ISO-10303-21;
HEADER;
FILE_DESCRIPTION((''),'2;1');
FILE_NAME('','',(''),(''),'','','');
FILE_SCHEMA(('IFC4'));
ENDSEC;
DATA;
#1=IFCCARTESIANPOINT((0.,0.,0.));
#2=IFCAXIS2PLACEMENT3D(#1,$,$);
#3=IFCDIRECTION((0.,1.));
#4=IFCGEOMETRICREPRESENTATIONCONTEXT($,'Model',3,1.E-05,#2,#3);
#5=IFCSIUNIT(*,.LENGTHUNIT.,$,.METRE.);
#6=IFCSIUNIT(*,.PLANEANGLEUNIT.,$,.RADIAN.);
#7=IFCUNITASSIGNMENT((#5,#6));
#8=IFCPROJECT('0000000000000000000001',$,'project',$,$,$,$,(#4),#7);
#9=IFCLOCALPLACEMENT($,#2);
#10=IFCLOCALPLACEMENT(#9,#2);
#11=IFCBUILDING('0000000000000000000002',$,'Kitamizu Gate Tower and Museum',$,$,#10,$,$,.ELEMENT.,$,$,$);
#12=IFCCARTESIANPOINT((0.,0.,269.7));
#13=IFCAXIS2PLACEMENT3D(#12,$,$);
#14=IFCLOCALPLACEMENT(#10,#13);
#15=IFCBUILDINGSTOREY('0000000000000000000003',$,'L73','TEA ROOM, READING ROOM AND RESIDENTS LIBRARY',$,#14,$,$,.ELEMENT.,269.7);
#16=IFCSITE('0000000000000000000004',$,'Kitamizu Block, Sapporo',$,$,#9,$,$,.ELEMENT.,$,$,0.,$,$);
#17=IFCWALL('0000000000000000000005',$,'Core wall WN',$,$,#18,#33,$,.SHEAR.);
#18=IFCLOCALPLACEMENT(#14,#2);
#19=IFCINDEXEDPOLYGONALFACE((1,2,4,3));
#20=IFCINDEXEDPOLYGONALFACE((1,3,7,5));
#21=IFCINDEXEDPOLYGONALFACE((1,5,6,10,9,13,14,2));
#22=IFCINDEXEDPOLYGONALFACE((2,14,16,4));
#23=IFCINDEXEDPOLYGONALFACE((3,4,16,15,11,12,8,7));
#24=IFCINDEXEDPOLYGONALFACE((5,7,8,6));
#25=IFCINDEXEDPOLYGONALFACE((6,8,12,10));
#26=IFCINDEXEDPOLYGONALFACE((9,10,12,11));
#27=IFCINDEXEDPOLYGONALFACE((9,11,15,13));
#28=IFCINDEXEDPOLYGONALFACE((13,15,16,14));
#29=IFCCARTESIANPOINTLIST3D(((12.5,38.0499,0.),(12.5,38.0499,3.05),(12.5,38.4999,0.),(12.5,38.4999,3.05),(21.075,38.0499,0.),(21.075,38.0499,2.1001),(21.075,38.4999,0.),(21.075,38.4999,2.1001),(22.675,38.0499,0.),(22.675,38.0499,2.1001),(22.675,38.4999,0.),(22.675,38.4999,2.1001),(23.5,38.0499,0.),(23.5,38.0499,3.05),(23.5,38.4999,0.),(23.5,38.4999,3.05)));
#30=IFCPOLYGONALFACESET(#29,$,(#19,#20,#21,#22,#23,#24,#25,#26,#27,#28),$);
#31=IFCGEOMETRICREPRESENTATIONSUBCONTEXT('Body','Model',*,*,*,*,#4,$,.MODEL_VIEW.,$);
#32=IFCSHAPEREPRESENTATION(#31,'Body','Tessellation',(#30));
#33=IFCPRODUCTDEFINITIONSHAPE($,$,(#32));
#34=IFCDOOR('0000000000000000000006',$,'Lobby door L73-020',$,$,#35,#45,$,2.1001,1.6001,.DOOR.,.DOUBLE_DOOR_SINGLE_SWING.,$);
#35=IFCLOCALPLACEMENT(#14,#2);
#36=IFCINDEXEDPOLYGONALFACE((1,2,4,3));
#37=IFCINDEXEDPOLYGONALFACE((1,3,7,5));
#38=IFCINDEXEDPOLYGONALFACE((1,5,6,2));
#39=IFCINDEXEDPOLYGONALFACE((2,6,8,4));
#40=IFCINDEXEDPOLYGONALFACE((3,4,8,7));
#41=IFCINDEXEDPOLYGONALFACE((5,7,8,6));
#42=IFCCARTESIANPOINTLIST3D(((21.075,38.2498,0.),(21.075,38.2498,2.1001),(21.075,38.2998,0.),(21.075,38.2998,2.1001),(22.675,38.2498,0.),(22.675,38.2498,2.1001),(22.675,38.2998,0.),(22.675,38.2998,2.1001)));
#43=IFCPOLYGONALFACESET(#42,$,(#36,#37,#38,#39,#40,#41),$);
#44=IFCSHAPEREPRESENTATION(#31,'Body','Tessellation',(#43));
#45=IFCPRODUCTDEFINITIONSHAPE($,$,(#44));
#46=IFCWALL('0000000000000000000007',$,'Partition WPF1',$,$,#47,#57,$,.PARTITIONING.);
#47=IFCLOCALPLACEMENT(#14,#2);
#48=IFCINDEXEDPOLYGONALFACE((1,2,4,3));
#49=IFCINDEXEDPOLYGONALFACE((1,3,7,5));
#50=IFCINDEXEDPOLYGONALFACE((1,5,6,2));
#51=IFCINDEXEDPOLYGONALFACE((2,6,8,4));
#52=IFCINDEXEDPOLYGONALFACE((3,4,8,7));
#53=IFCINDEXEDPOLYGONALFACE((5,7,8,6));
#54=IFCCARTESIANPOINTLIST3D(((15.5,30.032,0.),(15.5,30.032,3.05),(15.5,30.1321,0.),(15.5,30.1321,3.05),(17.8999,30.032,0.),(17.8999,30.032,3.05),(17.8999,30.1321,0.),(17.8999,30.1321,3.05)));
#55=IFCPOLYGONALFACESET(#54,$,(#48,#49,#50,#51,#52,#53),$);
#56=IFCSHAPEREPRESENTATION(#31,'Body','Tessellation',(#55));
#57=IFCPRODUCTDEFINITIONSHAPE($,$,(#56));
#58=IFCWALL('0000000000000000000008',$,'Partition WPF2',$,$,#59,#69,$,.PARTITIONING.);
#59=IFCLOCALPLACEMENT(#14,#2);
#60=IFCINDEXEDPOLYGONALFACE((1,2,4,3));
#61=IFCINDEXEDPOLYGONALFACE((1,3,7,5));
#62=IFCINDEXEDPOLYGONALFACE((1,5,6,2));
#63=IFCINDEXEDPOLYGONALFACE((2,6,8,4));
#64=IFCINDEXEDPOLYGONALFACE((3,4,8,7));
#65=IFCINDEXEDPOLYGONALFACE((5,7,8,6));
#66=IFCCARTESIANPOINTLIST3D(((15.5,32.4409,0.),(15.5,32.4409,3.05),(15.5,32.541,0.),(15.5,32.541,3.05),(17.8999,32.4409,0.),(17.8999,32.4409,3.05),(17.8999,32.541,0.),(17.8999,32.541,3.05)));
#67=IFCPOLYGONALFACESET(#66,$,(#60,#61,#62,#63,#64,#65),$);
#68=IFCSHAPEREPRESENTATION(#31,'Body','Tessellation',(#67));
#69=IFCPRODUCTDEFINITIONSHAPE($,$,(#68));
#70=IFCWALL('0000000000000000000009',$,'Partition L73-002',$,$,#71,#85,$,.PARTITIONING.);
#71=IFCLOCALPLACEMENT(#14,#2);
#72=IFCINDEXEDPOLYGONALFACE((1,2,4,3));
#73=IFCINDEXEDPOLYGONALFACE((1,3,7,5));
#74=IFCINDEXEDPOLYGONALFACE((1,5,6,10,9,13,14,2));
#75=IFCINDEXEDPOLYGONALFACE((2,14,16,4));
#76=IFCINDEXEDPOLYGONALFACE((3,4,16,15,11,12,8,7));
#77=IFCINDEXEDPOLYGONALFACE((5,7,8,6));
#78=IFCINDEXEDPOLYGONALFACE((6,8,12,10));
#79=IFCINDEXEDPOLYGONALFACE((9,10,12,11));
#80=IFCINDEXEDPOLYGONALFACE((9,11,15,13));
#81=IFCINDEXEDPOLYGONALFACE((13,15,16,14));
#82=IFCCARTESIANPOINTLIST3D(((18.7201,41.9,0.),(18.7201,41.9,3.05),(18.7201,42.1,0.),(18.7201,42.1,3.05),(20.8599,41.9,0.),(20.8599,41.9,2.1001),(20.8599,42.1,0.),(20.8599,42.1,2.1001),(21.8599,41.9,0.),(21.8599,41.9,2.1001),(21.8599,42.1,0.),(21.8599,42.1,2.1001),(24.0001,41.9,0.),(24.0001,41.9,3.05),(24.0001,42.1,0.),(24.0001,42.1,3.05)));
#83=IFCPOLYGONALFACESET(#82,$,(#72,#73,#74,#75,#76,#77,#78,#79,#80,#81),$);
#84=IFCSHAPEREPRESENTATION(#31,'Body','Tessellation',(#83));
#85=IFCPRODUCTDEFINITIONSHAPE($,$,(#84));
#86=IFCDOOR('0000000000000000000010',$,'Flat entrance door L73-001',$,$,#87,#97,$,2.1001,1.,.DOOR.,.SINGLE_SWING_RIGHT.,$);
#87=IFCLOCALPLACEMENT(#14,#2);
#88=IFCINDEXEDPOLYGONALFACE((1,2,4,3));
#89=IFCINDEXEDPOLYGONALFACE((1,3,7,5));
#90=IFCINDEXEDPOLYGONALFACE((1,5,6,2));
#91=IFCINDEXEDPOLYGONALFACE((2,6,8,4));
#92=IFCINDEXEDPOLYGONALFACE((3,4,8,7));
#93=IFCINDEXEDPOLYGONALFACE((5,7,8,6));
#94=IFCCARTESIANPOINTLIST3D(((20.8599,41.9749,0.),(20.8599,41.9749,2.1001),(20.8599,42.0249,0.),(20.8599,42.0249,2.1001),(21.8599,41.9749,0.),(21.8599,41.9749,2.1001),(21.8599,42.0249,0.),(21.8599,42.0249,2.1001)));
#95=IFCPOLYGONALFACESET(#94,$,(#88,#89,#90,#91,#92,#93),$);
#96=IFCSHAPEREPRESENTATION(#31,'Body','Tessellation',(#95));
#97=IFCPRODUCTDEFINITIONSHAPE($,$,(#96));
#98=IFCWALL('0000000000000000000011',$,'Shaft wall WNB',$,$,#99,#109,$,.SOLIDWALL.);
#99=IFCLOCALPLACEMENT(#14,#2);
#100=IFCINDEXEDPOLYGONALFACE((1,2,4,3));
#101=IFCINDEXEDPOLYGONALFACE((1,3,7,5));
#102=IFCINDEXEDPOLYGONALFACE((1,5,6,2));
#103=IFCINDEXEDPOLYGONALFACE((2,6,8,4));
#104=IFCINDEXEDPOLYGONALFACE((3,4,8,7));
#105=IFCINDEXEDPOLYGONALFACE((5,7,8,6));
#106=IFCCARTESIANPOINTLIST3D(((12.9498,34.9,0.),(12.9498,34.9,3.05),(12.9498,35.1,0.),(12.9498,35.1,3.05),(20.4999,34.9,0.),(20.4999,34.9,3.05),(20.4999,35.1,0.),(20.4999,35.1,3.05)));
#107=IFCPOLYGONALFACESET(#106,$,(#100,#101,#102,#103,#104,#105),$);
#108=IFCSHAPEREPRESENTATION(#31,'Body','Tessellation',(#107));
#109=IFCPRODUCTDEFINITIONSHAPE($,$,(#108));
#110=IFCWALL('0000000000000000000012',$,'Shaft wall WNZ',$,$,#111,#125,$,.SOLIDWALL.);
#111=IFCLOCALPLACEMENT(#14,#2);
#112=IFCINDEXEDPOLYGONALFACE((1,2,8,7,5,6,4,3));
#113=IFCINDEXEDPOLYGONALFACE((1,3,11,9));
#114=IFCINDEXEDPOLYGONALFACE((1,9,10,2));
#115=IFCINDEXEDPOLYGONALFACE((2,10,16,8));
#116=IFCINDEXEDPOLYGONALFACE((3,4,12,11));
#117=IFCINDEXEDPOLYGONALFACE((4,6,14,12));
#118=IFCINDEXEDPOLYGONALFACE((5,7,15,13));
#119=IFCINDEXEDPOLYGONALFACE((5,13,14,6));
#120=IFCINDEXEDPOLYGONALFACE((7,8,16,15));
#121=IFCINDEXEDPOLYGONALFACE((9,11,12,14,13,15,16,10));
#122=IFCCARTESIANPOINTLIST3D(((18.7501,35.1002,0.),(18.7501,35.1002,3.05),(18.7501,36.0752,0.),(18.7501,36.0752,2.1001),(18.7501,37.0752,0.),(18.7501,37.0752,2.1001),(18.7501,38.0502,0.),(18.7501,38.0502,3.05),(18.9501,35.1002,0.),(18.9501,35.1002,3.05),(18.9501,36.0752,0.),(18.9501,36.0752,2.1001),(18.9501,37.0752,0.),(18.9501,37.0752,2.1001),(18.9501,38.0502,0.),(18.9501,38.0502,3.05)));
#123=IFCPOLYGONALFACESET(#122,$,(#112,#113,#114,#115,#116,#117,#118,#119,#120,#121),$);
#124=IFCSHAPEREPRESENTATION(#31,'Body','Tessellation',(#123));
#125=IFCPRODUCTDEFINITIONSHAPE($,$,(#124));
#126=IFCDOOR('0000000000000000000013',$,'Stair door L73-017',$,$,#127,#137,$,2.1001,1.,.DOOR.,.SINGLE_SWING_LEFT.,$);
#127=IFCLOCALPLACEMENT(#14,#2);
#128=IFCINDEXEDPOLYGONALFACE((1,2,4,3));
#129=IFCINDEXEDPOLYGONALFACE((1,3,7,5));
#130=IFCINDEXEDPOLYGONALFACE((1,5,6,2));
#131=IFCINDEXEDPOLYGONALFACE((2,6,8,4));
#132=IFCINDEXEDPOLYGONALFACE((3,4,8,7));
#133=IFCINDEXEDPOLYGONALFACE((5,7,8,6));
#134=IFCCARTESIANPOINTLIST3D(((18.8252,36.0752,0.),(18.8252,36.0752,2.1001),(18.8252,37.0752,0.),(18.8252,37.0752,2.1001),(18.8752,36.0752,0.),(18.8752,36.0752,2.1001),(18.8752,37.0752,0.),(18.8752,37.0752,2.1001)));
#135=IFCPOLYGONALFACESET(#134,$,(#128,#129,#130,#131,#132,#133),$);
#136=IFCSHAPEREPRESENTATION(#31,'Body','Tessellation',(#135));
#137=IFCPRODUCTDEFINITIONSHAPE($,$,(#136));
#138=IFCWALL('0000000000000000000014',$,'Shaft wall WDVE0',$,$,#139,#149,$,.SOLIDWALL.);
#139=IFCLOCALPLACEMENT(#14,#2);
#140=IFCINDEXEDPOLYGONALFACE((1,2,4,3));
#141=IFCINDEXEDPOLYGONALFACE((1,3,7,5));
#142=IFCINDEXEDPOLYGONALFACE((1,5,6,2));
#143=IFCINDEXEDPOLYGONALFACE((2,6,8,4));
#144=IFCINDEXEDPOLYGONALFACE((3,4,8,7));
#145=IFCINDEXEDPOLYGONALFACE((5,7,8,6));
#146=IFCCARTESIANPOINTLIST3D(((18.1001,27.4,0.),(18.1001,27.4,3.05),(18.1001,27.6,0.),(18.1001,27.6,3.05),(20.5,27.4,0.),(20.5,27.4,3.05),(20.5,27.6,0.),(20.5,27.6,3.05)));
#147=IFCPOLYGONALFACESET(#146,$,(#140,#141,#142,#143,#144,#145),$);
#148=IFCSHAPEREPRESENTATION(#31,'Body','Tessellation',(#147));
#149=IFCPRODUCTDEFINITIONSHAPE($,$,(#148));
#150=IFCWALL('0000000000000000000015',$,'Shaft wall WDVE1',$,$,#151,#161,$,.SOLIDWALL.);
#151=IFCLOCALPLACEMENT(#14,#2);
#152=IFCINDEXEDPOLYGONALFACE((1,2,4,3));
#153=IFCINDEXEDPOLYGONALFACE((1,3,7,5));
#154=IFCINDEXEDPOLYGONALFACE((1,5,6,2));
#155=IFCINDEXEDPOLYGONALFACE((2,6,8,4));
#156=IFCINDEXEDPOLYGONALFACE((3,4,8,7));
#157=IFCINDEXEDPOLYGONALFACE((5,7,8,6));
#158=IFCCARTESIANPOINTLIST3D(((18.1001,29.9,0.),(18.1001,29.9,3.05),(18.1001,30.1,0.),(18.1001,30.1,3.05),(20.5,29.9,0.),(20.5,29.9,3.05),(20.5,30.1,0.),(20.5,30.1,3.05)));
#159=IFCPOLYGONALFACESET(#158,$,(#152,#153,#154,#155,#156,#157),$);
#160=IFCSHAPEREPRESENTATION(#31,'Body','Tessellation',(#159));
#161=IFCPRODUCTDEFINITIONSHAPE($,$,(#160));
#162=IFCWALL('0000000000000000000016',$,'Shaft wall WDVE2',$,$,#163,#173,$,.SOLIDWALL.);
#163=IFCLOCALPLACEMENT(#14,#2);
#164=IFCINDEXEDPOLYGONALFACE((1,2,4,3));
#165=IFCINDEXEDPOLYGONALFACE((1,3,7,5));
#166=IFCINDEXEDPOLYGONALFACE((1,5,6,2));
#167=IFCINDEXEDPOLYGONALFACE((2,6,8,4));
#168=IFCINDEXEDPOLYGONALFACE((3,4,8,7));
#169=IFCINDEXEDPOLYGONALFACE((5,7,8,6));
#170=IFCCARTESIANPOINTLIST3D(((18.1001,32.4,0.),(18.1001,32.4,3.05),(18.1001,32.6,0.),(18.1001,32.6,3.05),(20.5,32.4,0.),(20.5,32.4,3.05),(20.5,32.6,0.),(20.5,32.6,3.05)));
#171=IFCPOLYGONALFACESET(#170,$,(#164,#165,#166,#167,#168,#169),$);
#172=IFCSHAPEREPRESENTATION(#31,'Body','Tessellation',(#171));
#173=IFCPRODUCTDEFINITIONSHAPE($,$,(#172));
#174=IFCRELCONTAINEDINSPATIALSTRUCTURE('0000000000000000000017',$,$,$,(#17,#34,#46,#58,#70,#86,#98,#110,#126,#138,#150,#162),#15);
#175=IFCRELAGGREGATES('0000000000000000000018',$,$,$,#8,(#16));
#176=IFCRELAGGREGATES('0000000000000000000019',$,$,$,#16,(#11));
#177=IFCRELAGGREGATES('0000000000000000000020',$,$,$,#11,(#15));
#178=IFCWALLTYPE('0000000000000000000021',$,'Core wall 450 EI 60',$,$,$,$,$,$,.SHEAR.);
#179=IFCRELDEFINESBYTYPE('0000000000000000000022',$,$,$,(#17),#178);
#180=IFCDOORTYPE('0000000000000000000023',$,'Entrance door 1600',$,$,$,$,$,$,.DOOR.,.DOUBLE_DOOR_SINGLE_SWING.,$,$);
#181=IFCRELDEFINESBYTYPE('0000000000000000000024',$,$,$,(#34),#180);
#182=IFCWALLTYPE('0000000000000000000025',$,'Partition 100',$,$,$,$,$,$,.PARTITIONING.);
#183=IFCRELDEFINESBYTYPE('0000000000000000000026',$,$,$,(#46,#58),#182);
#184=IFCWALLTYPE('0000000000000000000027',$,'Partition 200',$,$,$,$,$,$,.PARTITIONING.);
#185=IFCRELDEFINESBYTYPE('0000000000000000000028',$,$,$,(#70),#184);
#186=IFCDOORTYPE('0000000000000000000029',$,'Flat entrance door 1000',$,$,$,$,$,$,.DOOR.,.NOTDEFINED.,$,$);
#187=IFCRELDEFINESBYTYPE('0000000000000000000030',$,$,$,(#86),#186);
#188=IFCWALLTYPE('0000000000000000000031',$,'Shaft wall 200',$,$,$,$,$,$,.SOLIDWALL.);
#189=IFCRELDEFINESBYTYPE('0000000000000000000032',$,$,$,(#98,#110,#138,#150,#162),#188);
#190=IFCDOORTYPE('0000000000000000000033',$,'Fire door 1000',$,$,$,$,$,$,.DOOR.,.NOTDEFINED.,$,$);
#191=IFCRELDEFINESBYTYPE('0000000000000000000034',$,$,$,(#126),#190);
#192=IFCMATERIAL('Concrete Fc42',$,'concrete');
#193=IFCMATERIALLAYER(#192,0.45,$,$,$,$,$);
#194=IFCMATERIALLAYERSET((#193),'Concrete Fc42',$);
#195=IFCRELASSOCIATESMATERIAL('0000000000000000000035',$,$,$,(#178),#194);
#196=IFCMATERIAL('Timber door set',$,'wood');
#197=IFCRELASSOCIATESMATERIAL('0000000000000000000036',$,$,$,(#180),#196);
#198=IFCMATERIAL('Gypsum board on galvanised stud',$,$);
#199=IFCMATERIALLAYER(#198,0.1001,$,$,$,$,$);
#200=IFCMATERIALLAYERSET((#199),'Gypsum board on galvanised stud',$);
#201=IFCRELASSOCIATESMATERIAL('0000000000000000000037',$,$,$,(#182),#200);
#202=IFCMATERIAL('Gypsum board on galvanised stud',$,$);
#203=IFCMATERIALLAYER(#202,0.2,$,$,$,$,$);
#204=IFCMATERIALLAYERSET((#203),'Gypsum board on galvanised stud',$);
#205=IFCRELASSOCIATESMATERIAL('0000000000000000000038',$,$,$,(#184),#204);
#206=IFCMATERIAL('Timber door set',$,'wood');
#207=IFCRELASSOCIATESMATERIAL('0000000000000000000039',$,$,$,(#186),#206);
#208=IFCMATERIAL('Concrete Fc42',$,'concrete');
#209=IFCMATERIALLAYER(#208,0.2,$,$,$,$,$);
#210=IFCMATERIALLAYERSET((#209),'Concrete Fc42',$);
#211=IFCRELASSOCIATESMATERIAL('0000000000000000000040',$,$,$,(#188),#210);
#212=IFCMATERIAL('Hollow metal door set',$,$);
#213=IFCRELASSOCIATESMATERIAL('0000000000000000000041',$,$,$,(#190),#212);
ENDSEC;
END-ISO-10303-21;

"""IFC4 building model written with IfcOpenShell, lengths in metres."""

from ifc_helpers import new_model, si_unit, direction, frame, frame_2d, origin, place, context, subcontext, project, spatial, rectangle, extrude, material, layer, layer_set, type_object, element, fill, save


model = new_model("IFC4")

# Units and contexts
model_context = context("Model", 3, precision=1e-05, world=origin(), true_north=direction((0.0, 1.0)))
body_context = subcontext(model_context, "Body", "Model", "MODEL_VIEW")
ifc_project = project(units=[si_unit("LENGTHUNIT", "METRE"), si_unit("PLANEANGLEUNIT", "RADIAN")], contexts=[model_context])

# Site, building, storey
site_placement = place(None, origin())
site = spatial("IfcSite", under=ifc_project, at=site_placement, Name="Kitamizu Block, Sapporo", CompositionType="ELEMENT", RefElevation=0.0)
building_placement = place(site_placement, origin())
building = spatial("IfcBuilding", under=site, at=building_placement, Name="Kitamizu Gate Tower and Museum", CompositionType="ELEMENT")
storey_placement = place(building_placement, frame((0.0, 0.0, 269.7)))
storey = spatial("IfcBuildingStorey", under=building, at=storey_placement, Name="L73", Description="TEA ROOM, READING ROOM AND RESIDENTS LIBRARY", CompositionType="ELEMENT", Elevation=269.7)

# Wall, opening, door
ifc_material_1 = material(Name="Concrete Fc42", Category="concrete")
ifc_layer_1 = layer(ifc_material_1, 0.45)
ifc_layer_set_1 = layer_set([ifc_layer_1], Name="Concrete Fc42")
wall_type_1 = type_object("IfcWallType", Name="Core wall 450 EI 60", PredefinedType="SHEAR", material=ifc_layer_set_1)
wall_1_placement = place(storey_placement, frame((12.5, 38.2749, 0.0), z_axis=(0.0, 0.0, 1.0), x_axis=(1.0, 0.0, 0.0)))
wall_1 = element("IfcWall", 1, at=wall_1_placement, inside=storey, type_object=wall_type_1, Name="Core wall WN", PredefinedType="SHEAR", context=body_context, shape_type="SweptSolid", body=[
    extrude(rectangle(XDim=11.0, YDim=0.45, at=frame_2d((5.5, 0.0))), origin(), (0.0, 0.0, 1.0), 3.05),
])
opening_1_placement = place(wall_1_placement, frame((8.575, 0.0, 0.0)))
opening_1 = element("IfcOpeningElement", 2, at=opening_1_placement, cuts=wall_1, PredefinedType="OPENING", context=body_context, shape_type="SweptSolid", body=[
    extrude(rectangle(XDim=1.6001, YDim=2.1001, at=frame_2d((0.8, 1.05))), frame((0.0, 0.2349, 0.0), z_axis=(0.0, -1.0, 0.0), x_axis=(1.0, 0.0, 0.0)), (0.0, 0.0, 1.0), 0.47),
])
ifc_material_2 = material(Name="Timber door set", Category="wood")
door_type_1 = type_object("IfcDoorType", Name="Entrance door 1600", OperationType="DOUBLE_DOOR_SINGLE_SWING", PredefinedType="DOOR", material=ifc_material_2)
door_1_placement = place(opening_1_placement, origin())
door_1 = element("IfcDoor", 3, at=door_1_placement, inside=storey, type_object=door_type_1, Name="Lobby door L73-020", OperationType="DOUBLE_DOOR_SINGLE_SWING", OverallHeight=2.1001, OverallWidth=1.6001, PredefinedType="DOOR", context=body_context, shape_type="SweptSolid", body=[
    extrude(rectangle(XDim=1.6001, YDim=2.1001, at=frame_2d((0.8, 1.05))), frame((0.0, 0.0249, 0.0), z_axis=(0.0, -1.0, 0.0), x_axis=(1.0, 0.0, 0.0)), (0.0, 0.0, 1.0), 0.05),
])
fill(opening_1, door_1)

# Walls
ifc_material_3 = material(Name="Gypsum board on galvanised stud")
ifc_layer_2 = layer(ifc_material_3, 0.1001)
ifc_layer_set_2 = layer_set([ifc_layer_2], Name="Gypsum board on galvanised stud")
wall_type_2 = type_object("IfcWallType", Name="Partition 100", PredefinedType="PARTITIONING", material=ifc_layer_set_2)
for number, where, z_axis, x_axis, name in (
    (4, (15.5, 30.082, 0.0), (0.0, 0.0, 1.0), (1.0, 0.0, 0.0), "Partition WPF1"),
    (5, (15.5, 32.491, 0.0), (0.0, 0.0, 1.0), (1.0, 0.0, 0.0), "Partition WPF2"),
):
    element("IfcWall", number, at=place(storey_placement, frame(where, z_axis=z_axis, x_axis=x_axis)), inside=storey, type_object=wall_type_2, Name=name, PredefinedType="PARTITIONING", context=body_context, shape_type="SweptSolid", body=[
        extrude(rectangle(XDim=2.3999, YDim=0.1001, at=frame_2d((1.2, 0.0))), origin(), (0.0, 0.0, 1.0), 3.05),
    ])

# Wall, opening, door
ifc_material_4 = material(Name="Gypsum board on galvanised stud")
ifc_layer_3 = layer(ifc_material_4, 0.2)
ifc_layer_set_3 = layer_set([ifc_layer_3], Name="Gypsum board on galvanised stud")
wall_type_3 = type_object("IfcWallType", Name="Partition 200", PredefinedType="PARTITIONING", material=ifc_layer_set_3)
wall_2_placement = place(storey_placement, frame((18.72, 42.0, 0.0), z_axis=(0.0, 0.0, 1.0), x_axis=(1.0, 0.0, 0.0)))
wall_2 = element("IfcWall", 6, at=wall_2_placement, inside=storey, type_object=wall_type_3, Name="Partition L73-002", PredefinedType="PARTITIONING", context=body_context, shape_type="SweptSolid", body=[
    extrude(rectangle(XDim=5.28, YDim=0.2, at=frame_2d((2.6401, 0.0))), origin(), (0.0, 0.0, 1.0), 3.05),
])
opening_2_placement = place(wall_2_placement, frame((2.1399, 0.0, 0.0)))
opening_2 = element("IfcOpeningElement", 7, at=opening_2_placement, cuts=wall_2, PredefinedType="OPENING", context=body_context, shape_type="SweptSolid", body=[
    extrude(rectangle(XDim=1.0, YDim=2.1001, at=frame_2d((0.5, 1.05))), frame((0.0, 0.1099, 0.0), z_axis=(0.0, -1.0, 0.0), x_axis=(1.0, 0.0, 0.0)), (0.0, 0.0, 1.0), 0.22),
])
ifc_material_5 = material(Name="Timber door set", Category="wood")
door_type_2 = type_object("IfcDoorType", Name="Flat entrance door 1000", OperationType="NOTDEFINED", PredefinedType="DOOR", material=ifc_material_5)
door_2_placement = place(opening_2_placement, origin())
door_2 = element("IfcDoor", 8, at=door_2_placement, inside=storey, type_object=door_type_2, Name="Flat entrance door L73-001", OperationType="SINGLE_SWING_RIGHT", OverallHeight=2.1001, OverallWidth=1.0, PredefinedType="DOOR", context=body_context, shape_type="SweptSolid", body=[
    extrude(rectangle(XDim=1.0, YDim=2.1001, at=frame_2d((0.5, 1.05))), frame((0.0, 0.0249, 0.0), z_axis=(0.0, -1.0, 0.0), x_axis=(1.0, 0.0, 0.0)), (0.0, 0.0, 1.0), 0.05),
])
fill(opening_2, door_2)

# Wall
ifc_material_6 = material(Name="Concrete Fc42", Category="concrete")
ifc_layer_4 = layer(ifc_material_6, 0.2)
ifc_layer_set_4 = layer_set([ifc_layer_4], Name="Concrete Fc42")
wall_type_4 = type_object("IfcWallType", Name="Shaft wall 200", PredefinedType="SOLIDWALL", material=ifc_layer_set_4)
wall_3_placement = place(storey_placement, frame((12.95, 35.0, 0.0), z_axis=(0.0, 0.0, 1.0), x_axis=(1.0, 0.0, 0.0)))
element("IfcWall", 9, at=wall_3_placement, inside=storey, type_object=wall_type_4, Name="Shaft wall WNB", PredefinedType="SOLIDWALL", context=body_context, shape_type="SweptSolid", body=[
    extrude(rectangle(XDim=7.55, YDim=0.2, at=frame_2d((3.7749, 0.0))), origin(), (0.0, 0.0, 1.0), 3.05),
])

# Wall, opening, door
wall_4_placement = place(storey_placement, frame((18.8501, 35.1001, 0.0), z_axis=(0.0, 0.0, 1.0), x_axis=(0.0, 1.0, 0.0)))
wall_4 = element("IfcWall", 10, at=wall_4_placement, inside=storey, type_object=wall_type_4, Name="Shaft wall WNZ", PredefinedType="SOLIDWALL", context=body_context, shape_type="SweptSolid", body=[
    extrude(rectangle(XDim=2.95, YDim=0.2, at=frame_2d((1.4751, 0.0))), origin(), (0.0, 0.0, 1.0), 3.05),
])
opening_3_placement = place(wall_4_placement, frame((0.9751, 0.0, 0.0)))
opening_3 = element("IfcOpeningElement", 11, at=opening_3_placement, cuts=wall_4, PredefinedType="OPENING", context=body_context, shape_type="SweptSolid", body=[
    extrude(rectangle(XDim=1.0, YDim=2.1001, at=frame_2d((0.5, 1.05))), frame((0.0, 0.1099, 0.0), z_axis=(0.0, -1.0, 0.0), x_axis=(1.0, 0.0, 0.0)), (0.0, 0.0, 1.0), 0.22),
])
ifc_material_7 = material(Name="Hollow metal door set")
door_type_3 = type_object("IfcDoorType", Name="Fire door 1000", OperationType="NOTDEFINED", PredefinedType="DOOR", material=ifc_material_7)
door_3_placement = place(opening_3_placement, origin())
door_3 = element("IfcDoor", 12, at=door_3_placement, inside=storey, type_object=door_type_3, Name="Stair door L73-017", OperationType="SINGLE_SWING_LEFT", OverallHeight=2.1001, OverallWidth=1.0, PredefinedType="DOOR", context=body_context, shape_type="SweptSolid", body=[
    extrude(rectangle(XDim=1.0, YDim=2.1001, at=frame_2d((0.5, 1.05))), frame((0.0, 0.0249, 0.0), z_axis=(0.0, -1.0, 0.0), x_axis=(1.0, 0.0, 0.0)), (0.0, 0.0, 1.0), 0.05),
])
fill(opening_3, door_3)

# Walls
for number, where, z_axis, x_axis, name in (
    (13, (18.1001, 27.5, 0.0), (0.0, 0.0, 1.0), (1.0, 0.0, 0.0), "Shaft wall WDVE0"),
    (14, (18.1001, 30.0, 0.0), (0.0, 0.0, 1.0), (1.0, 0.0, 0.0), "Shaft wall WDVE1"),
    (15, (18.1001, 32.5, 0.0), (0.0, 0.0, 1.0), (1.0, 0.0, 0.0), "Shaft wall WDVE2"),
):
    element("IfcWall", number, at=place(storey_placement, frame(where, z_axis=z_axis, x_axis=x_axis)), inside=storey, type_object=wall_type_4, Name=name, PredefinedType="SOLIDWALL", context=body_context, shape_type="SweptSolid", body=[
        extrude(rectangle(XDim=2.3999, YDim=0.2, at=frame_2d((1.2, 0.0))), origin(), (0.0, 0.0, 1.0), 3.05),
    ])

save(model, "model.ifc")
